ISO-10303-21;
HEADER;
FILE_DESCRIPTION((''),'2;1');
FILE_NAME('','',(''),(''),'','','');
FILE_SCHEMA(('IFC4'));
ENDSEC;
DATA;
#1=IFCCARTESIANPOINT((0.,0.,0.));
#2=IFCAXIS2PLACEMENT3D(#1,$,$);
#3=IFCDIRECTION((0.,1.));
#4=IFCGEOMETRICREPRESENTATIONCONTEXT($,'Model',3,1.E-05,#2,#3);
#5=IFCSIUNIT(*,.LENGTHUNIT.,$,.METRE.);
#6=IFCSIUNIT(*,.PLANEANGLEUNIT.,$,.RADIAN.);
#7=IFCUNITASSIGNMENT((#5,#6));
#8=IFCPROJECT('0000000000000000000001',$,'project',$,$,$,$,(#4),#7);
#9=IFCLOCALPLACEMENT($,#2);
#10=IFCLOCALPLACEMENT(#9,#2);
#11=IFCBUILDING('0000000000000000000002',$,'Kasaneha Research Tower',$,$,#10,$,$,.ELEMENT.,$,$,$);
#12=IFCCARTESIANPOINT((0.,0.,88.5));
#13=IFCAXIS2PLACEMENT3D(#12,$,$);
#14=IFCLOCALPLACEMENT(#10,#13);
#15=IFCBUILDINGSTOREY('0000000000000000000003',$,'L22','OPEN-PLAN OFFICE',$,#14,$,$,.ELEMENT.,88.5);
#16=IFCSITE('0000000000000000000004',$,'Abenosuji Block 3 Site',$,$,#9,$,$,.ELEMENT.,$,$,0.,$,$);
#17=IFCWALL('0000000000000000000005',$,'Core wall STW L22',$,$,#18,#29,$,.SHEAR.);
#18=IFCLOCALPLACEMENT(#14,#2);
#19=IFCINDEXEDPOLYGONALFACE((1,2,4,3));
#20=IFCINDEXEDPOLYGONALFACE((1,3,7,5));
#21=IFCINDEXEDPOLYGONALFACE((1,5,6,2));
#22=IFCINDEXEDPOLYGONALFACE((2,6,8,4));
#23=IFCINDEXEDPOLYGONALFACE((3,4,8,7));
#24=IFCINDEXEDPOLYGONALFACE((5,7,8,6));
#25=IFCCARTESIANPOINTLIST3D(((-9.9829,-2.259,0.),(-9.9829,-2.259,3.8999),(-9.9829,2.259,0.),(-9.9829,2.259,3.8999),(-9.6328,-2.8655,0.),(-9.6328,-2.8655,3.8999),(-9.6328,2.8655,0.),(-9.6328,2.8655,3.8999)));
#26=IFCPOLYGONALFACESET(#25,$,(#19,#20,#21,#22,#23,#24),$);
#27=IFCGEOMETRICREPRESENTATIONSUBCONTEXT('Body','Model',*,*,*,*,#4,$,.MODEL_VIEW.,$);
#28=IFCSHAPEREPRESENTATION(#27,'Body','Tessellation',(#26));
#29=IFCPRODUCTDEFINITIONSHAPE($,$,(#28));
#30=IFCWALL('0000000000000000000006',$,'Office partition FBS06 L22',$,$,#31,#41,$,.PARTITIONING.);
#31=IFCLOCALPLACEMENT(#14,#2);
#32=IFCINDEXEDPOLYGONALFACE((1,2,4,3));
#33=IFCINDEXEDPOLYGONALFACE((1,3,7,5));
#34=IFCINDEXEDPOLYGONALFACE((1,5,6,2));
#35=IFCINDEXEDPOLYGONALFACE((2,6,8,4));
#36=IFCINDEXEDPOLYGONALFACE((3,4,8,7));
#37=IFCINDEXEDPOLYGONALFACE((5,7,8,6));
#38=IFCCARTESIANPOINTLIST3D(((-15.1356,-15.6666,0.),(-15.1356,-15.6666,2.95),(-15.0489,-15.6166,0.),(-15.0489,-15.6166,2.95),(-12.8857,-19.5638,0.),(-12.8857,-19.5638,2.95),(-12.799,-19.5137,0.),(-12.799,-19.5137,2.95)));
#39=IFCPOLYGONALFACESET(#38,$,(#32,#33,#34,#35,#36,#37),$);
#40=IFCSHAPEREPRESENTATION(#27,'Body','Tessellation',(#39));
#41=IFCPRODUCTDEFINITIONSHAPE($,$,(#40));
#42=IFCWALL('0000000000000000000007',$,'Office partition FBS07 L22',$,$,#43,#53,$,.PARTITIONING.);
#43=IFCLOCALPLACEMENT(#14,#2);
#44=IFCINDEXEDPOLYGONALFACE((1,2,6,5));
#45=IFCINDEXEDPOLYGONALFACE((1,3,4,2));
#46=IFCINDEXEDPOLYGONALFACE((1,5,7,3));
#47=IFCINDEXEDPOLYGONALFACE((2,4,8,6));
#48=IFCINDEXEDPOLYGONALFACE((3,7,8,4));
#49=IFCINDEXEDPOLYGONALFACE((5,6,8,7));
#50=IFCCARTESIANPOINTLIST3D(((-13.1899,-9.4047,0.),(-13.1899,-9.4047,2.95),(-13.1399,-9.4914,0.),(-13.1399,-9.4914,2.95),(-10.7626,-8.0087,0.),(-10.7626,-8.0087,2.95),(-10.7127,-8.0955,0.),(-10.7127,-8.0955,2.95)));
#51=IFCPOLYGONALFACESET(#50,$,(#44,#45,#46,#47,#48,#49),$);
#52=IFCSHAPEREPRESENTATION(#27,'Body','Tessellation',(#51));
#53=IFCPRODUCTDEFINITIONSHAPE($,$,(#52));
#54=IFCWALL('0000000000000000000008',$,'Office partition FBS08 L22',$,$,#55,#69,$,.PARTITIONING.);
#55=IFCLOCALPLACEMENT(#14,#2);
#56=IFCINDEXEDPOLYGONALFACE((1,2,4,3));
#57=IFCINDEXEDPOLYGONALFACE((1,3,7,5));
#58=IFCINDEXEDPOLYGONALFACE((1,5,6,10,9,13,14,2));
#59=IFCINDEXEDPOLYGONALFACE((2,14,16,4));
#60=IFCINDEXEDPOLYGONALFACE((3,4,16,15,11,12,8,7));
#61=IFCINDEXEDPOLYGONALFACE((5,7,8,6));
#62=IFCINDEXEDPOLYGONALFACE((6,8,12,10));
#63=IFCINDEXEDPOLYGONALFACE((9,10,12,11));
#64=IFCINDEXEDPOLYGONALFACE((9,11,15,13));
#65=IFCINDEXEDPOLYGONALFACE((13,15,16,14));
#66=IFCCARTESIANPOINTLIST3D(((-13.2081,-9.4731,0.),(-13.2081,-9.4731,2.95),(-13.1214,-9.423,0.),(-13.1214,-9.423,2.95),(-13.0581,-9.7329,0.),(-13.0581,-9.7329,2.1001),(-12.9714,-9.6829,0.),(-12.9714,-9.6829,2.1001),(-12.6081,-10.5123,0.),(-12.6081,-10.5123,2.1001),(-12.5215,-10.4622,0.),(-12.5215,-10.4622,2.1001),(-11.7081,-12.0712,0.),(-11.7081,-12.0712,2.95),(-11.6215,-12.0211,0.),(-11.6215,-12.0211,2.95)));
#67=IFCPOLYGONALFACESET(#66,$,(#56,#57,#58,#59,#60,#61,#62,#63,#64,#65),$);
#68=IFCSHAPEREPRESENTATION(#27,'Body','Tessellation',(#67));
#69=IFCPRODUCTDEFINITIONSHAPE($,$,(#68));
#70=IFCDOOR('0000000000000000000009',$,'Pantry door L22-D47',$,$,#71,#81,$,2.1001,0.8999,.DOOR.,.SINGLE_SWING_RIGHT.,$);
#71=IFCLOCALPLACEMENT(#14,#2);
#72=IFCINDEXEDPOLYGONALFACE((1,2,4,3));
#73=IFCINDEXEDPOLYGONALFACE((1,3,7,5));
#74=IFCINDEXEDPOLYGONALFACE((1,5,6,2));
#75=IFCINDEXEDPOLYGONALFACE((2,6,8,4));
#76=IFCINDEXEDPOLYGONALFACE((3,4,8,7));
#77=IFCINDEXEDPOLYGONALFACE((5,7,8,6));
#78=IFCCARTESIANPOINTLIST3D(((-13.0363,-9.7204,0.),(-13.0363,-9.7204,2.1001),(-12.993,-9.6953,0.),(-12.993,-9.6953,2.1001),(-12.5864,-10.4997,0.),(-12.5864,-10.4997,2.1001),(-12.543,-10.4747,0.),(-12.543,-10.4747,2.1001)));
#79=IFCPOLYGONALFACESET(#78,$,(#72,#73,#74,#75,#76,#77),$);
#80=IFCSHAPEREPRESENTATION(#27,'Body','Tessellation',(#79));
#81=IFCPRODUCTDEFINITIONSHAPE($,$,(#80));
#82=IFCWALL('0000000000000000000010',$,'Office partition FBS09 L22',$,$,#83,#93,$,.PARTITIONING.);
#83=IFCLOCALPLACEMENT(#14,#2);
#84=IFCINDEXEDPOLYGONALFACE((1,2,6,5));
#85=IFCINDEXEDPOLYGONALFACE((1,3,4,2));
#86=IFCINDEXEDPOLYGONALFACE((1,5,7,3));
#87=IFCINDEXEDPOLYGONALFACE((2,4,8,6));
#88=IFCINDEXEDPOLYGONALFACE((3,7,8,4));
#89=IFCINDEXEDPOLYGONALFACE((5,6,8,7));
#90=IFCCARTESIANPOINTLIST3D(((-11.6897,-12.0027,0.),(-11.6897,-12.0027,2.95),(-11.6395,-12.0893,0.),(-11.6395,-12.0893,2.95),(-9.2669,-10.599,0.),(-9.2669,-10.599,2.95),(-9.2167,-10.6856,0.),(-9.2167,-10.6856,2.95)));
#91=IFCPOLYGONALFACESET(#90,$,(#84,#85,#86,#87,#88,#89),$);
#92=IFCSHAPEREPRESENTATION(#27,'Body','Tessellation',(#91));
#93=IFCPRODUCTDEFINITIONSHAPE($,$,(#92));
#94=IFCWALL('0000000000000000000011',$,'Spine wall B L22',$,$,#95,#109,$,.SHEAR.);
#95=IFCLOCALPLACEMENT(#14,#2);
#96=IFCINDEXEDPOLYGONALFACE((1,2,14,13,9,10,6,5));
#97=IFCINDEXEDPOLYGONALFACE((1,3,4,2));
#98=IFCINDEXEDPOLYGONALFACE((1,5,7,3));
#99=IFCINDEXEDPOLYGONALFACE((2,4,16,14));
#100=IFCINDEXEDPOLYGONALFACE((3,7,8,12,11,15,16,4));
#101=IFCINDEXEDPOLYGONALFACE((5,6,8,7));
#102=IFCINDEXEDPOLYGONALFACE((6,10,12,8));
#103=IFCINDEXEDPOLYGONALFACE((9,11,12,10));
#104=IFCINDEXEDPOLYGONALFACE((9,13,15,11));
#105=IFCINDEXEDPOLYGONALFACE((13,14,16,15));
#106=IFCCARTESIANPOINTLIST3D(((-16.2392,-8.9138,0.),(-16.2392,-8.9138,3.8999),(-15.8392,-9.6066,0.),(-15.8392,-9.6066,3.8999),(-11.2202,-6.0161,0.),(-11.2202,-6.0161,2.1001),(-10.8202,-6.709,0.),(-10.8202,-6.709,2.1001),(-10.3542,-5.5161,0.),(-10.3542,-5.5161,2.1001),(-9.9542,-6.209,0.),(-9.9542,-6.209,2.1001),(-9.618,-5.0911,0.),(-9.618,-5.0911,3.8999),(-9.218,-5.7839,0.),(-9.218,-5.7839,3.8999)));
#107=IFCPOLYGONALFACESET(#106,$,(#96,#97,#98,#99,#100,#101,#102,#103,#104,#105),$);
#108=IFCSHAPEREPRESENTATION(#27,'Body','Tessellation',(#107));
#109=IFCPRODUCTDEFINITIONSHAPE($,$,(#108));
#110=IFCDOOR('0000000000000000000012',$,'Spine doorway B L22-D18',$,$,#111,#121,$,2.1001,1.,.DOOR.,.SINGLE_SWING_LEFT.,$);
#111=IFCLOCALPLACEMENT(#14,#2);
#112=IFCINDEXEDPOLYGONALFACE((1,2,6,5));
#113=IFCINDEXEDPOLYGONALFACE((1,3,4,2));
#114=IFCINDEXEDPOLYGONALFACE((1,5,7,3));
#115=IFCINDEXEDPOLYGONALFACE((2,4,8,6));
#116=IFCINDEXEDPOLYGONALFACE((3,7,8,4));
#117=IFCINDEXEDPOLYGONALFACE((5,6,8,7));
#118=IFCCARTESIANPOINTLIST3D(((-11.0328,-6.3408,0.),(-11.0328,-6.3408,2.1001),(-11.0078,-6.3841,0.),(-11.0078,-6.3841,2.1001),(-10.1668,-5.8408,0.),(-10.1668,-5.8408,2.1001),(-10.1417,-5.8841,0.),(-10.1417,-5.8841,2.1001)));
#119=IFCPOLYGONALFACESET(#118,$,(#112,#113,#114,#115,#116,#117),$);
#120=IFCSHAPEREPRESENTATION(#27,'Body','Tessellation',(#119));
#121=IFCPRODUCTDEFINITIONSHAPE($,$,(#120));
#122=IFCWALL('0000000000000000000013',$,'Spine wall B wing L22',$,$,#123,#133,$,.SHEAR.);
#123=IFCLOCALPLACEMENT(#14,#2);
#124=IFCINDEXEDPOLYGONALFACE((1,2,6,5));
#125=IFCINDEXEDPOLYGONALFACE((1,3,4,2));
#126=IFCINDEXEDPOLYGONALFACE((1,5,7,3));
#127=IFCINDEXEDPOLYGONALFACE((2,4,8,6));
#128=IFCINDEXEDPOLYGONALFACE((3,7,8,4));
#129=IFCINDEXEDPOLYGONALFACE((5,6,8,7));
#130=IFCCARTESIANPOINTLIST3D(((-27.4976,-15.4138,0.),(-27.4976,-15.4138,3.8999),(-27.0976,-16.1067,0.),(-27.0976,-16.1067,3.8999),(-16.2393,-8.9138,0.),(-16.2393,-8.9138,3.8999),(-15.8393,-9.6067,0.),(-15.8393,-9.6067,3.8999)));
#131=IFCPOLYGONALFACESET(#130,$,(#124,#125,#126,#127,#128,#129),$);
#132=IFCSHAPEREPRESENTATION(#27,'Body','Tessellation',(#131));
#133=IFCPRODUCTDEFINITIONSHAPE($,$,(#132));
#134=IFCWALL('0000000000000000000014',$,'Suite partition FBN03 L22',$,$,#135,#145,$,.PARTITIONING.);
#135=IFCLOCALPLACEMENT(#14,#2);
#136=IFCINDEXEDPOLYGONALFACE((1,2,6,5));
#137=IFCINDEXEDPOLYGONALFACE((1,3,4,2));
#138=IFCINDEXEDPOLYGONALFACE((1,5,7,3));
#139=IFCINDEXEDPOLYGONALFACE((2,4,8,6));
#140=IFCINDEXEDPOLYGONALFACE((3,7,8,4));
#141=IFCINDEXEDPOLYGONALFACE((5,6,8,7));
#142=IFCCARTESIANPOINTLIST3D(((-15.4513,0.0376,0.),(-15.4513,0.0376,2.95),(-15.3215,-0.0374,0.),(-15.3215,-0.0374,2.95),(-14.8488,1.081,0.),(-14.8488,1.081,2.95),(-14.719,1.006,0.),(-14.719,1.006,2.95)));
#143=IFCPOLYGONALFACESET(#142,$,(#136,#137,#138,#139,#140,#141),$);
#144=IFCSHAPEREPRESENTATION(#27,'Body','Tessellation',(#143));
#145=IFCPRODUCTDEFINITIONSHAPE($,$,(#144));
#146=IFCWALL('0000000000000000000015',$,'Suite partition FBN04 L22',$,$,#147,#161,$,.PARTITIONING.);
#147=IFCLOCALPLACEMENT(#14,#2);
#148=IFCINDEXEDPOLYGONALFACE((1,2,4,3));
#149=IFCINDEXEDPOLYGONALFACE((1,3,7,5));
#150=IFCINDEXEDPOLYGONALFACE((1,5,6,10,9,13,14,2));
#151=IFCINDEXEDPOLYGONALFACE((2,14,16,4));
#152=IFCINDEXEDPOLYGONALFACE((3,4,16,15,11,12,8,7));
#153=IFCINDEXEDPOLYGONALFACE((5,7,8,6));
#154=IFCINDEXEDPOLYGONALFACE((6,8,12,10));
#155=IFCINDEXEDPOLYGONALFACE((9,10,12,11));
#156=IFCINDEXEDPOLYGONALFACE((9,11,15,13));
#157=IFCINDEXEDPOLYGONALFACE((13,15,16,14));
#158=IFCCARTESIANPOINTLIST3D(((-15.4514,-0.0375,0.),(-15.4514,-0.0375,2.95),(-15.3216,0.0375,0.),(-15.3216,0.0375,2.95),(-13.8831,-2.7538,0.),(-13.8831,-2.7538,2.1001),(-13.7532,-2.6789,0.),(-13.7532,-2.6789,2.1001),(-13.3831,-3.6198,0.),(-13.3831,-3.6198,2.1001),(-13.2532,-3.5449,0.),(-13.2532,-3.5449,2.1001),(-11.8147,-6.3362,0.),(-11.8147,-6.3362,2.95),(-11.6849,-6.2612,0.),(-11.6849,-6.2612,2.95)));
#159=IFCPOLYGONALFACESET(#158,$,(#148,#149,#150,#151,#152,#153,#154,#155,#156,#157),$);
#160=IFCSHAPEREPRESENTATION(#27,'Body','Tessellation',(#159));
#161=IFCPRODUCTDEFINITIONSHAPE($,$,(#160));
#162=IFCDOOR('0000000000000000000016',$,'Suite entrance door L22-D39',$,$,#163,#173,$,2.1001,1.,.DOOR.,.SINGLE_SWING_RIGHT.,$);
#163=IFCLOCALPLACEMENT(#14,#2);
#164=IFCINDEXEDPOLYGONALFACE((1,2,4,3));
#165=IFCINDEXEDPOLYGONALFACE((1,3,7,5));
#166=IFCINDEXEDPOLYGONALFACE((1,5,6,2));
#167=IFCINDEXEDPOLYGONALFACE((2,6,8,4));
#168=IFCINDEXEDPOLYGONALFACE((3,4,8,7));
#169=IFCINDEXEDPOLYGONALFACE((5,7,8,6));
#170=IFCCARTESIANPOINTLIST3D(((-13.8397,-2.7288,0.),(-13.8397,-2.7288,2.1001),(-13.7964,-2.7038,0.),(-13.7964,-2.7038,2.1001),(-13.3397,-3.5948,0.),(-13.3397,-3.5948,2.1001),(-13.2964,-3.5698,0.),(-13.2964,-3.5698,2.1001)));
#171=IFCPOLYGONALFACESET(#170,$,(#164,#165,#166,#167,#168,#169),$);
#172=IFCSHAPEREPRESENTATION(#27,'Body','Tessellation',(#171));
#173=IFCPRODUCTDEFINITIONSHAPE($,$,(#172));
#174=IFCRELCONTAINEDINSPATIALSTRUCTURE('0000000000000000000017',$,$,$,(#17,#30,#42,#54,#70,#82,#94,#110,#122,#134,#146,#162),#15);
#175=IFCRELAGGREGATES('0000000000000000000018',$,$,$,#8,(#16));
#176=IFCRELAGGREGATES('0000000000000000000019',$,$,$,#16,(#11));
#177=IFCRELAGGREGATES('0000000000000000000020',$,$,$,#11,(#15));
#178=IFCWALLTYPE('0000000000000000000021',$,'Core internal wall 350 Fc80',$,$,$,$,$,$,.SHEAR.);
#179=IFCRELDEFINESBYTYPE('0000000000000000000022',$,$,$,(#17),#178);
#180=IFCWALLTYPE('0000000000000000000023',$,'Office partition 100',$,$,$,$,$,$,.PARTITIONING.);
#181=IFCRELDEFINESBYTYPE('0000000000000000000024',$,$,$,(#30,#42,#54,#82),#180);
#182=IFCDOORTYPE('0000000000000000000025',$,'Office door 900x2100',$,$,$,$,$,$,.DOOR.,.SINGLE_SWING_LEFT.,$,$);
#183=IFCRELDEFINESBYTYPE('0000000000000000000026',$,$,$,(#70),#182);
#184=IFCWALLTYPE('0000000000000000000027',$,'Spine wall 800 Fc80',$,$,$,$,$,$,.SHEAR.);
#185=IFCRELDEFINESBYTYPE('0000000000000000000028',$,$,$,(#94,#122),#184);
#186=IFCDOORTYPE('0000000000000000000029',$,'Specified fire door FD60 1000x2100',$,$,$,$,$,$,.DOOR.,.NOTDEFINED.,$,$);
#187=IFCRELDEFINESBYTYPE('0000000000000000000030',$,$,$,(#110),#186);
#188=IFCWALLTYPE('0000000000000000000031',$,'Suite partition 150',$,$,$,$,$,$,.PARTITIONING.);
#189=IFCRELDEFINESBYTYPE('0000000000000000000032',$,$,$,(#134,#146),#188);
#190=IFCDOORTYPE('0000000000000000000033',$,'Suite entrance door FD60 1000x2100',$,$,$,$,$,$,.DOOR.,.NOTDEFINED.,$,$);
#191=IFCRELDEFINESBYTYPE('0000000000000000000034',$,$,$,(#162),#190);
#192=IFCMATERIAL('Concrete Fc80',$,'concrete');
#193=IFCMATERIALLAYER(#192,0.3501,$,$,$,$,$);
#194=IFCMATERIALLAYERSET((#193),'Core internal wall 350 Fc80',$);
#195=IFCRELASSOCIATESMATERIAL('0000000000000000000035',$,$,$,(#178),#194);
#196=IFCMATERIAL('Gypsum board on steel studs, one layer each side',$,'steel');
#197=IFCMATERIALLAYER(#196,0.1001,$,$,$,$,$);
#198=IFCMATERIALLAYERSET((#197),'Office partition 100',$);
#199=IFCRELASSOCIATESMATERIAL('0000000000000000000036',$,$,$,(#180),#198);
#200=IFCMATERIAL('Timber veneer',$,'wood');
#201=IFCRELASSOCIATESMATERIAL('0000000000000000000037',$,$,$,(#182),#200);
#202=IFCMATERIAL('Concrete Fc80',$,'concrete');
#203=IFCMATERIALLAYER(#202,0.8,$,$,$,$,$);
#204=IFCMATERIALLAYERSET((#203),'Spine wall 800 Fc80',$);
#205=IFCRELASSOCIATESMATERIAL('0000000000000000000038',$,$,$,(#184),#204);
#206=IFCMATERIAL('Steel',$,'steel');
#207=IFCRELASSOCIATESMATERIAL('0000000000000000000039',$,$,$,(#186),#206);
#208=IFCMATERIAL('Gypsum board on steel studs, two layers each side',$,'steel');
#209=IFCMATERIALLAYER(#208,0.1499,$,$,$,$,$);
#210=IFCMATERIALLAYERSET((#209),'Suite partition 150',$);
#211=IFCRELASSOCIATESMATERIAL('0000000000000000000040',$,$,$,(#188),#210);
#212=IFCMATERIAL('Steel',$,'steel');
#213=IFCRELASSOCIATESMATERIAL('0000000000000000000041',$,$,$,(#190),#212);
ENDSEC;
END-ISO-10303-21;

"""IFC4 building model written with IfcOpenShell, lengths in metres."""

from ifc_helpers import new_model, si_unit, direction, frame, frame_2d, origin, place, context, subcontext, project, spatial, polyline, rectangle, outline, extrude, material, layer, layer_set, type_object, element, fill, save


model = new_model("IFC4")

# Units and contexts
model_context = context("Model", 3, precision=1e-05, world=origin(), true_north=direction((0.0, 1.0)))
body_context = subcontext(model_context, "Body", "Model", "MODEL_VIEW")
ifc_project = project(units=[si_unit("LENGTHUNIT", "METRE"), si_unit("PLANEANGLEUNIT", "RADIAN")], contexts=[model_context])

# Site, building, storey
site_placement = place(None, origin())
site = spatial("IfcSite", under=ifc_project, at=site_placement, Name="Abenosuji Block 3 Site", CompositionType="ELEMENT", RefElevation=0.0)
building_placement = place(site_placement, origin())
building = spatial("IfcBuilding", under=site, at=building_placement, Name="Kasaneha Research Tower", CompositionType="ELEMENT")
storey_placement = place(building_placement, frame((0.0, 0.0, 88.5)))
storey = spatial("IfcBuildingStorey", under=building, at=storey_placement, Name="L22", Description="OPEN-PLAN OFFICE", CompositionType="ELEMENT", Elevation=88.5)

# Shared definitions
ifc_material_1 = material(Name="Concrete Fc80", Category="concrete")
ifc_layer_1 = layer(ifc_material_1, 0.3501)
ifc_layer_set_1 = layer_set([ifc_layer_1], Name="Core internal wall 350 Fc80")
wall_type_1 = type_object("IfcWallType", Name="Core internal wall 350 Fc80", PredefinedType="SHEAR", material=ifc_layer_set_1)

# Walls
wall_1_placement = place(storey_placement, frame((-9.8079, -2.5623, 0.0), z_axis=(0.0, 0.0, 1.0), x_axis=(0.0, 1.0, 0.0)))
element("IfcWall", 1, at=wall_1_placement, inside=storey, type_object=wall_type_1, Name="Core wall STW L22", PredefinedType="SHEAR", context=body_context, shape_type="SweptSolid", body=[
    extrude(outline(polyline([(-0.3032, -0.175), (5.4277, -0.175), (4.8213, 0.175), (0.3032, 0.175), (-0.3032, -0.175)])), origin(), (0.0, 0.0, 1.0), 3.8999),
])
ifc_material_2 = material(Name="Gypsum board on steel studs, one layer each side", Category="steel")
ifc_layer_2 = layer(ifc_material_2, 0.1001)
ifc_layer_set_2 = layer_set([ifc_layer_2], Name="Office partition 100")
wall_type_2 = type_object("IfcWallType", Name="Office partition 100", PredefinedType="PARTITIONING", material=ifc_layer_set_2)
wall_2_placement = place(storey_placement, frame((-15.0923, -15.6416, 0.0), z_axis=(0.0, 0.0, 1.0), x_axis=(0.49999, -0.866031, 0.0)))
element("IfcWall", 2, at=wall_2_placement, inside=storey, type_object=wall_type_2, Name="Office partition FBS06 L22", PredefinedType="PARTITIONING", context=body_context, shape_type="SweptSolid", body=[
    extrude(rectangle(XDim=4.5, YDim=0.1001, at=frame_2d((2.25, 0.0))), origin(), (0.0, 0.0, 1.0), 2.95),
])
wall_3_placement = place(storey_placement, frame((-13.1648, -9.448, 0.0), z_axis=(0.0, 0.0, 1.0), x_axis=(0.866855, 0.49856, 0.0)))
element("IfcWall", 3, at=wall_3_placement, inside=storey, type_object=wall_type_2, Name="Office partition FBS07 L22", PredefinedType="PARTITIONING", context=body_context, shape_type="SweptSolid", body=[
    extrude(rectangle(XDim=2.8, YDim=0.1001, at=frame_2d((1.3999, 0.0))), origin(), (0.0, 0.0, 1.0), 2.95),
])

# Wall, opening, door
wall_4_placement = place(storey_placement, frame((-11.6648, -12.0461, 0.0), z_axis=(0.0, 0.0, 1.0), x_axis=(-0.49999, 0.866031, 0.0)))
wall_4 = element("IfcWall", 4, at=wall_4_placement, inside=storey, type_object=wall_type_2, Name="Office partition FBS08 L22", PredefinedType="PARTITIONING", context=body_context, shape_type="SweptSolid", body=[
    extrude(rectangle(XDim=3.0, YDim=0.1001, at=frame_2d((1.5, 0.0))), origin(), (0.0, 0.0, 1.0), 2.95),
])
opening_1_placement = place(wall_4_placement, frame((1.8, 0.0, 0.0)))
opening_1 = element("IfcOpeningElement", 5, at=opening_1_placement, cuts=wall_4, PredefinedType="OPENING", context=body_context, shape_type="SweptSolid", body=[
    extrude(rectangle(XDim=0.8999, YDim=2.1001, at=frame_2d((0.45, 1.05))), frame((0.0, 0.0601, 0.0), z_axis=(0.0, -1.0, 0.0), x_axis=(1.0, 0.0, 0.0)), (0.0, 0.0, 1.0), 0.1201),
])
ifc_material_3 = material(Name="Timber veneer", Category="wood")
door_type_1 = type_object("IfcDoorType", Name="Office door 900x2100", OperationType="SINGLE_SWING_LEFT", PredefinedType="DOOR", material=ifc_material_3)
door_1_placement = place(opening_1_placement, origin())
door_1 = element("IfcDoor", 6, at=door_1_placement, inside=storey, type_object=door_type_1, Name="Pantry door L22-D47", OperationType="SINGLE_SWING_RIGHT", OverallHeight=2.1001, OverallWidth=0.8999, PredefinedType="DOOR", context=body_context, shape_type="SweptSolid", body=[
    extrude(rectangle(XDim=0.8999, YDim=2.1001, at=frame_2d((0.45, 1.05))), frame((0.0, 0.0249, 0.0), z_axis=(0.0, -1.0, 0.0), x_axis=(1.0, 0.0, 0.0)), (0.0, 0.0, 1.0), 0.05),
])
fill(opening_1, door_1)

# Wall
wall_5_placement = place(storey_placement, frame((-9.2419, -10.6423, 0.0), z_axis=(0.0, 0.0, 1.0), x_axis=(-0.865255, -0.501332, 0.0)))
element("IfcWall", 7, at=wall_5_placement, inside=storey, type_object=wall_type_2, Name="Office partition FBS09 L22", PredefinedType="PARTITIONING", context=body_context, shape_type="SweptSolid", body=[
    extrude(rectangle(XDim=2.8, YDim=0.1001, at=frame_2d((1.3999, 0.0))), origin(), (0.0, 0.0, 1.0), 2.95),
])

# Wall, opening, door
ifc_material_4 = material(Name="Concrete Fc80", Category="concrete")
ifc_layer_3 = layer(ifc_material_4, 0.8)
ifc_layer_set_3 = layer_set([ifc_layer_3], Name="Spine wall 800 Fc80")
wall_type_3 = type_object("IfcWallType", Name="Spine wall 800 Fc80", PredefinedType="SHEAR", material=ifc_layer_set_3)
wall_6_placement = place(storey_placement, frame((-9.418, -5.4375, 0.0), z_axis=(0.0, 0.0, 1.0), x_axis=(-0.86603, -0.499992, 0.0)))
wall_6 = element("IfcWall", 8, at=wall_6_placement, inside=storey, type_object=wall_type_3, Name="Spine wall B L22", PredefinedType="SHEAR", context=body_context, shape_type="SweptSolid", body=[
    extrude(rectangle(XDim=7.6455, YDim=0.8, at=frame_2d((3.8228, 0.0))), origin(), (0.0, 0.0, 1.0), 3.8999),
])
opening_2_placement = place(wall_6_placement, frame((0.8501, 0.0, 0.0)))
opening_2 = element("IfcOpeningElement", 9, at=opening_2_placement, cuts=wall_6, PredefinedType="OPENING", context=body_context, shape_type="SweptSolid", body=[
    extrude(rectangle(XDim=1.0, YDim=2.1001, at=frame_2d((0.5, 1.05))), frame((0.0, 0.4102, 0.0), z_axis=(0.0, -1.0, 0.0), x_axis=(1.0, 0.0, 0.0)), (0.0, 0.0, 1.0), 0.8201),
])
ifc_material_5 = material(Name="Steel", Category="steel")
door_type_2 = type_object("IfcDoorType", Name="Specified fire door FD60 1000x2100", OperationType="NOTDEFINED", PredefinedType="DOOR", material=ifc_material_5)
door_2_placement = place(opening_2_placement, origin())
door_2 = element("IfcDoor", 10, at=door_2_placement, inside=storey, type_object=door_type_2, Name="Spine doorway B L22-D18", OperationType="SINGLE_SWING_LEFT", OverallHeight=2.1001, OverallWidth=1.0, PredefinedType="DOOR", context=body_context, shape_type="SweptSolid", body=[
    extrude(rectangle(XDim=1.0, YDim=2.1001, at=frame_2d((0.5, 1.05))), frame((0.0, 0.0249, 0.0), z_axis=(0.0, -1.0, 0.0), x_axis=(1.0, 0.0, 0.0)), (0.0, 0.0, 1.0), 0.05),
])
fill(opening_2, door_2)

# Walls
wall_7_placement = place(storey_placement, frame((-16.0393, -9.2603, 0.0), z_axis=(0.0, 0.0, 1.0), x_axis=(-0.866025, -0.500001, 0.0)))
element("IfcWall", 11, at=wall_7_placement, inside=storey, type_object=wall_type_3, Name="Spine wall B wing L22", PredefinedType="SHEAR", context=body_context, shape_type="SweptSolid", body=[
    extrude(rectangle(XDim=13.0, YDim=0.8, at=frame_2d((6.5, 0.0))), origin(), (0.0, 0.0, 1.0), 3.8999),
])
ifc_material_6 = material(Name="Gypsum board on steel studs, two layers each side", Category="steel")
ifc_layer_4 = layer(ifc_material_6, 0.1499)
ifc_layer_set_4 = layer_set([ifc_layer_4], Name="Suite partition 150")
wall_type_4 = type_object("IfcWallType", Name="Suite partition 150", PredefinedType="PARTITIONING", material=ifc_layer_set_4)
wall_8_placement = place(storey_placement, frame((-15.3865, 0.0, 0.0), z_axis=(0.0, 0.0, 1.0), x_axis=(0.500062, 0.86599, 0.0)))
element("IfcWall", 12, at=wall_8_placement, inside=storey, type_object=wall_type_4, Name="Suite partition FBN03 L22", PredefinedType="PARTITIONING", context=body_context, shape_type="SweptSolid", body=[
    extrude(rectangle(XDim=1.2048, YDim=0.1499, at=frame_2d((0.6025, 0.0))), origin(), (0.0, 0.0, 1.0), 2.95),
])

# Wall, opening, door
wall_9_placement = place(storey_placement, frame((-11.7498, -6.2988, 0.0), z_axis=(0.0, 0.0, 1.0), x_axis=(-0.500009, 0.86602, 0.0)))
wall_9 = element("IfcWall", 13, at=wall_9_placement, inside=storey, type_object=wall_type_4, Name="Suite partition FBN04 L22", PredefinedType="PARTITIONING", context=body_context, shape_type="SweptSolid", body=[
    extrude(rectangle(XDim=7.2732, YDim=0.1499, at=frame_2d((3.6367, 0.0))), origin(), (0.0, 0.0, 1.0), 2.95),
])
opening_3_placement = place(wall_9_placement, frame((3.1367, 0.0, 0.0)))
opening_3 = element("IfcOpeningElement", 14, at=opening_3_placement, cuts=wall_9, PredefinedType="OPENING", context=body_context, shape_type="SweptSolid", body=[
    extrude(rectangle(XDim=1.0, YDim=2.1001, at=frame_2d((0.5, 1.05))), frame((0.0, 0.085, 0.0), z_axis=(0.0, -1.0, 0.0), x_axis=(1.0, 0.0, 0.0)), (0.0, 0.0, 1.0), 0.1699),
])
ifc_material_7 = material(Name="Steel", Category="steel")
door_type_3 = type_object("IfcDoorType", Name="Suite entrance door FD60 1000x2100", OperationType="NOTDEFINED", PredefinedType="DOOR", material=ifc_material_7)
door_3_placement = place(opening_3_placement, origin())
door_3 = element("IfcDoor", 15, at=door_3_placement, inside=storey, type_object=door_type_3, Name="Suite entrance door L22-D39", OperationType="SINGLE_SWING_RIGHT", OverallHeight=2.1001, OverallWidth=1.0, PredefinedType="DOOR", context=body_context, shape_type="SweptSolid", body=[
    extrude(rectangle(XDim=1.0, YDim=2.1001, at=frame_2d((0.5, 1.05))), frame((0.0, 0.0249, 0.0), z_axis=(0.0, -1.0, 0.0), x_axis=(1.0, 0.0, 0.0)), (0.0, 0.0, 1.0), 0.05),
])
fill(opening_3, door_3)

save(model, "model.ifc")
